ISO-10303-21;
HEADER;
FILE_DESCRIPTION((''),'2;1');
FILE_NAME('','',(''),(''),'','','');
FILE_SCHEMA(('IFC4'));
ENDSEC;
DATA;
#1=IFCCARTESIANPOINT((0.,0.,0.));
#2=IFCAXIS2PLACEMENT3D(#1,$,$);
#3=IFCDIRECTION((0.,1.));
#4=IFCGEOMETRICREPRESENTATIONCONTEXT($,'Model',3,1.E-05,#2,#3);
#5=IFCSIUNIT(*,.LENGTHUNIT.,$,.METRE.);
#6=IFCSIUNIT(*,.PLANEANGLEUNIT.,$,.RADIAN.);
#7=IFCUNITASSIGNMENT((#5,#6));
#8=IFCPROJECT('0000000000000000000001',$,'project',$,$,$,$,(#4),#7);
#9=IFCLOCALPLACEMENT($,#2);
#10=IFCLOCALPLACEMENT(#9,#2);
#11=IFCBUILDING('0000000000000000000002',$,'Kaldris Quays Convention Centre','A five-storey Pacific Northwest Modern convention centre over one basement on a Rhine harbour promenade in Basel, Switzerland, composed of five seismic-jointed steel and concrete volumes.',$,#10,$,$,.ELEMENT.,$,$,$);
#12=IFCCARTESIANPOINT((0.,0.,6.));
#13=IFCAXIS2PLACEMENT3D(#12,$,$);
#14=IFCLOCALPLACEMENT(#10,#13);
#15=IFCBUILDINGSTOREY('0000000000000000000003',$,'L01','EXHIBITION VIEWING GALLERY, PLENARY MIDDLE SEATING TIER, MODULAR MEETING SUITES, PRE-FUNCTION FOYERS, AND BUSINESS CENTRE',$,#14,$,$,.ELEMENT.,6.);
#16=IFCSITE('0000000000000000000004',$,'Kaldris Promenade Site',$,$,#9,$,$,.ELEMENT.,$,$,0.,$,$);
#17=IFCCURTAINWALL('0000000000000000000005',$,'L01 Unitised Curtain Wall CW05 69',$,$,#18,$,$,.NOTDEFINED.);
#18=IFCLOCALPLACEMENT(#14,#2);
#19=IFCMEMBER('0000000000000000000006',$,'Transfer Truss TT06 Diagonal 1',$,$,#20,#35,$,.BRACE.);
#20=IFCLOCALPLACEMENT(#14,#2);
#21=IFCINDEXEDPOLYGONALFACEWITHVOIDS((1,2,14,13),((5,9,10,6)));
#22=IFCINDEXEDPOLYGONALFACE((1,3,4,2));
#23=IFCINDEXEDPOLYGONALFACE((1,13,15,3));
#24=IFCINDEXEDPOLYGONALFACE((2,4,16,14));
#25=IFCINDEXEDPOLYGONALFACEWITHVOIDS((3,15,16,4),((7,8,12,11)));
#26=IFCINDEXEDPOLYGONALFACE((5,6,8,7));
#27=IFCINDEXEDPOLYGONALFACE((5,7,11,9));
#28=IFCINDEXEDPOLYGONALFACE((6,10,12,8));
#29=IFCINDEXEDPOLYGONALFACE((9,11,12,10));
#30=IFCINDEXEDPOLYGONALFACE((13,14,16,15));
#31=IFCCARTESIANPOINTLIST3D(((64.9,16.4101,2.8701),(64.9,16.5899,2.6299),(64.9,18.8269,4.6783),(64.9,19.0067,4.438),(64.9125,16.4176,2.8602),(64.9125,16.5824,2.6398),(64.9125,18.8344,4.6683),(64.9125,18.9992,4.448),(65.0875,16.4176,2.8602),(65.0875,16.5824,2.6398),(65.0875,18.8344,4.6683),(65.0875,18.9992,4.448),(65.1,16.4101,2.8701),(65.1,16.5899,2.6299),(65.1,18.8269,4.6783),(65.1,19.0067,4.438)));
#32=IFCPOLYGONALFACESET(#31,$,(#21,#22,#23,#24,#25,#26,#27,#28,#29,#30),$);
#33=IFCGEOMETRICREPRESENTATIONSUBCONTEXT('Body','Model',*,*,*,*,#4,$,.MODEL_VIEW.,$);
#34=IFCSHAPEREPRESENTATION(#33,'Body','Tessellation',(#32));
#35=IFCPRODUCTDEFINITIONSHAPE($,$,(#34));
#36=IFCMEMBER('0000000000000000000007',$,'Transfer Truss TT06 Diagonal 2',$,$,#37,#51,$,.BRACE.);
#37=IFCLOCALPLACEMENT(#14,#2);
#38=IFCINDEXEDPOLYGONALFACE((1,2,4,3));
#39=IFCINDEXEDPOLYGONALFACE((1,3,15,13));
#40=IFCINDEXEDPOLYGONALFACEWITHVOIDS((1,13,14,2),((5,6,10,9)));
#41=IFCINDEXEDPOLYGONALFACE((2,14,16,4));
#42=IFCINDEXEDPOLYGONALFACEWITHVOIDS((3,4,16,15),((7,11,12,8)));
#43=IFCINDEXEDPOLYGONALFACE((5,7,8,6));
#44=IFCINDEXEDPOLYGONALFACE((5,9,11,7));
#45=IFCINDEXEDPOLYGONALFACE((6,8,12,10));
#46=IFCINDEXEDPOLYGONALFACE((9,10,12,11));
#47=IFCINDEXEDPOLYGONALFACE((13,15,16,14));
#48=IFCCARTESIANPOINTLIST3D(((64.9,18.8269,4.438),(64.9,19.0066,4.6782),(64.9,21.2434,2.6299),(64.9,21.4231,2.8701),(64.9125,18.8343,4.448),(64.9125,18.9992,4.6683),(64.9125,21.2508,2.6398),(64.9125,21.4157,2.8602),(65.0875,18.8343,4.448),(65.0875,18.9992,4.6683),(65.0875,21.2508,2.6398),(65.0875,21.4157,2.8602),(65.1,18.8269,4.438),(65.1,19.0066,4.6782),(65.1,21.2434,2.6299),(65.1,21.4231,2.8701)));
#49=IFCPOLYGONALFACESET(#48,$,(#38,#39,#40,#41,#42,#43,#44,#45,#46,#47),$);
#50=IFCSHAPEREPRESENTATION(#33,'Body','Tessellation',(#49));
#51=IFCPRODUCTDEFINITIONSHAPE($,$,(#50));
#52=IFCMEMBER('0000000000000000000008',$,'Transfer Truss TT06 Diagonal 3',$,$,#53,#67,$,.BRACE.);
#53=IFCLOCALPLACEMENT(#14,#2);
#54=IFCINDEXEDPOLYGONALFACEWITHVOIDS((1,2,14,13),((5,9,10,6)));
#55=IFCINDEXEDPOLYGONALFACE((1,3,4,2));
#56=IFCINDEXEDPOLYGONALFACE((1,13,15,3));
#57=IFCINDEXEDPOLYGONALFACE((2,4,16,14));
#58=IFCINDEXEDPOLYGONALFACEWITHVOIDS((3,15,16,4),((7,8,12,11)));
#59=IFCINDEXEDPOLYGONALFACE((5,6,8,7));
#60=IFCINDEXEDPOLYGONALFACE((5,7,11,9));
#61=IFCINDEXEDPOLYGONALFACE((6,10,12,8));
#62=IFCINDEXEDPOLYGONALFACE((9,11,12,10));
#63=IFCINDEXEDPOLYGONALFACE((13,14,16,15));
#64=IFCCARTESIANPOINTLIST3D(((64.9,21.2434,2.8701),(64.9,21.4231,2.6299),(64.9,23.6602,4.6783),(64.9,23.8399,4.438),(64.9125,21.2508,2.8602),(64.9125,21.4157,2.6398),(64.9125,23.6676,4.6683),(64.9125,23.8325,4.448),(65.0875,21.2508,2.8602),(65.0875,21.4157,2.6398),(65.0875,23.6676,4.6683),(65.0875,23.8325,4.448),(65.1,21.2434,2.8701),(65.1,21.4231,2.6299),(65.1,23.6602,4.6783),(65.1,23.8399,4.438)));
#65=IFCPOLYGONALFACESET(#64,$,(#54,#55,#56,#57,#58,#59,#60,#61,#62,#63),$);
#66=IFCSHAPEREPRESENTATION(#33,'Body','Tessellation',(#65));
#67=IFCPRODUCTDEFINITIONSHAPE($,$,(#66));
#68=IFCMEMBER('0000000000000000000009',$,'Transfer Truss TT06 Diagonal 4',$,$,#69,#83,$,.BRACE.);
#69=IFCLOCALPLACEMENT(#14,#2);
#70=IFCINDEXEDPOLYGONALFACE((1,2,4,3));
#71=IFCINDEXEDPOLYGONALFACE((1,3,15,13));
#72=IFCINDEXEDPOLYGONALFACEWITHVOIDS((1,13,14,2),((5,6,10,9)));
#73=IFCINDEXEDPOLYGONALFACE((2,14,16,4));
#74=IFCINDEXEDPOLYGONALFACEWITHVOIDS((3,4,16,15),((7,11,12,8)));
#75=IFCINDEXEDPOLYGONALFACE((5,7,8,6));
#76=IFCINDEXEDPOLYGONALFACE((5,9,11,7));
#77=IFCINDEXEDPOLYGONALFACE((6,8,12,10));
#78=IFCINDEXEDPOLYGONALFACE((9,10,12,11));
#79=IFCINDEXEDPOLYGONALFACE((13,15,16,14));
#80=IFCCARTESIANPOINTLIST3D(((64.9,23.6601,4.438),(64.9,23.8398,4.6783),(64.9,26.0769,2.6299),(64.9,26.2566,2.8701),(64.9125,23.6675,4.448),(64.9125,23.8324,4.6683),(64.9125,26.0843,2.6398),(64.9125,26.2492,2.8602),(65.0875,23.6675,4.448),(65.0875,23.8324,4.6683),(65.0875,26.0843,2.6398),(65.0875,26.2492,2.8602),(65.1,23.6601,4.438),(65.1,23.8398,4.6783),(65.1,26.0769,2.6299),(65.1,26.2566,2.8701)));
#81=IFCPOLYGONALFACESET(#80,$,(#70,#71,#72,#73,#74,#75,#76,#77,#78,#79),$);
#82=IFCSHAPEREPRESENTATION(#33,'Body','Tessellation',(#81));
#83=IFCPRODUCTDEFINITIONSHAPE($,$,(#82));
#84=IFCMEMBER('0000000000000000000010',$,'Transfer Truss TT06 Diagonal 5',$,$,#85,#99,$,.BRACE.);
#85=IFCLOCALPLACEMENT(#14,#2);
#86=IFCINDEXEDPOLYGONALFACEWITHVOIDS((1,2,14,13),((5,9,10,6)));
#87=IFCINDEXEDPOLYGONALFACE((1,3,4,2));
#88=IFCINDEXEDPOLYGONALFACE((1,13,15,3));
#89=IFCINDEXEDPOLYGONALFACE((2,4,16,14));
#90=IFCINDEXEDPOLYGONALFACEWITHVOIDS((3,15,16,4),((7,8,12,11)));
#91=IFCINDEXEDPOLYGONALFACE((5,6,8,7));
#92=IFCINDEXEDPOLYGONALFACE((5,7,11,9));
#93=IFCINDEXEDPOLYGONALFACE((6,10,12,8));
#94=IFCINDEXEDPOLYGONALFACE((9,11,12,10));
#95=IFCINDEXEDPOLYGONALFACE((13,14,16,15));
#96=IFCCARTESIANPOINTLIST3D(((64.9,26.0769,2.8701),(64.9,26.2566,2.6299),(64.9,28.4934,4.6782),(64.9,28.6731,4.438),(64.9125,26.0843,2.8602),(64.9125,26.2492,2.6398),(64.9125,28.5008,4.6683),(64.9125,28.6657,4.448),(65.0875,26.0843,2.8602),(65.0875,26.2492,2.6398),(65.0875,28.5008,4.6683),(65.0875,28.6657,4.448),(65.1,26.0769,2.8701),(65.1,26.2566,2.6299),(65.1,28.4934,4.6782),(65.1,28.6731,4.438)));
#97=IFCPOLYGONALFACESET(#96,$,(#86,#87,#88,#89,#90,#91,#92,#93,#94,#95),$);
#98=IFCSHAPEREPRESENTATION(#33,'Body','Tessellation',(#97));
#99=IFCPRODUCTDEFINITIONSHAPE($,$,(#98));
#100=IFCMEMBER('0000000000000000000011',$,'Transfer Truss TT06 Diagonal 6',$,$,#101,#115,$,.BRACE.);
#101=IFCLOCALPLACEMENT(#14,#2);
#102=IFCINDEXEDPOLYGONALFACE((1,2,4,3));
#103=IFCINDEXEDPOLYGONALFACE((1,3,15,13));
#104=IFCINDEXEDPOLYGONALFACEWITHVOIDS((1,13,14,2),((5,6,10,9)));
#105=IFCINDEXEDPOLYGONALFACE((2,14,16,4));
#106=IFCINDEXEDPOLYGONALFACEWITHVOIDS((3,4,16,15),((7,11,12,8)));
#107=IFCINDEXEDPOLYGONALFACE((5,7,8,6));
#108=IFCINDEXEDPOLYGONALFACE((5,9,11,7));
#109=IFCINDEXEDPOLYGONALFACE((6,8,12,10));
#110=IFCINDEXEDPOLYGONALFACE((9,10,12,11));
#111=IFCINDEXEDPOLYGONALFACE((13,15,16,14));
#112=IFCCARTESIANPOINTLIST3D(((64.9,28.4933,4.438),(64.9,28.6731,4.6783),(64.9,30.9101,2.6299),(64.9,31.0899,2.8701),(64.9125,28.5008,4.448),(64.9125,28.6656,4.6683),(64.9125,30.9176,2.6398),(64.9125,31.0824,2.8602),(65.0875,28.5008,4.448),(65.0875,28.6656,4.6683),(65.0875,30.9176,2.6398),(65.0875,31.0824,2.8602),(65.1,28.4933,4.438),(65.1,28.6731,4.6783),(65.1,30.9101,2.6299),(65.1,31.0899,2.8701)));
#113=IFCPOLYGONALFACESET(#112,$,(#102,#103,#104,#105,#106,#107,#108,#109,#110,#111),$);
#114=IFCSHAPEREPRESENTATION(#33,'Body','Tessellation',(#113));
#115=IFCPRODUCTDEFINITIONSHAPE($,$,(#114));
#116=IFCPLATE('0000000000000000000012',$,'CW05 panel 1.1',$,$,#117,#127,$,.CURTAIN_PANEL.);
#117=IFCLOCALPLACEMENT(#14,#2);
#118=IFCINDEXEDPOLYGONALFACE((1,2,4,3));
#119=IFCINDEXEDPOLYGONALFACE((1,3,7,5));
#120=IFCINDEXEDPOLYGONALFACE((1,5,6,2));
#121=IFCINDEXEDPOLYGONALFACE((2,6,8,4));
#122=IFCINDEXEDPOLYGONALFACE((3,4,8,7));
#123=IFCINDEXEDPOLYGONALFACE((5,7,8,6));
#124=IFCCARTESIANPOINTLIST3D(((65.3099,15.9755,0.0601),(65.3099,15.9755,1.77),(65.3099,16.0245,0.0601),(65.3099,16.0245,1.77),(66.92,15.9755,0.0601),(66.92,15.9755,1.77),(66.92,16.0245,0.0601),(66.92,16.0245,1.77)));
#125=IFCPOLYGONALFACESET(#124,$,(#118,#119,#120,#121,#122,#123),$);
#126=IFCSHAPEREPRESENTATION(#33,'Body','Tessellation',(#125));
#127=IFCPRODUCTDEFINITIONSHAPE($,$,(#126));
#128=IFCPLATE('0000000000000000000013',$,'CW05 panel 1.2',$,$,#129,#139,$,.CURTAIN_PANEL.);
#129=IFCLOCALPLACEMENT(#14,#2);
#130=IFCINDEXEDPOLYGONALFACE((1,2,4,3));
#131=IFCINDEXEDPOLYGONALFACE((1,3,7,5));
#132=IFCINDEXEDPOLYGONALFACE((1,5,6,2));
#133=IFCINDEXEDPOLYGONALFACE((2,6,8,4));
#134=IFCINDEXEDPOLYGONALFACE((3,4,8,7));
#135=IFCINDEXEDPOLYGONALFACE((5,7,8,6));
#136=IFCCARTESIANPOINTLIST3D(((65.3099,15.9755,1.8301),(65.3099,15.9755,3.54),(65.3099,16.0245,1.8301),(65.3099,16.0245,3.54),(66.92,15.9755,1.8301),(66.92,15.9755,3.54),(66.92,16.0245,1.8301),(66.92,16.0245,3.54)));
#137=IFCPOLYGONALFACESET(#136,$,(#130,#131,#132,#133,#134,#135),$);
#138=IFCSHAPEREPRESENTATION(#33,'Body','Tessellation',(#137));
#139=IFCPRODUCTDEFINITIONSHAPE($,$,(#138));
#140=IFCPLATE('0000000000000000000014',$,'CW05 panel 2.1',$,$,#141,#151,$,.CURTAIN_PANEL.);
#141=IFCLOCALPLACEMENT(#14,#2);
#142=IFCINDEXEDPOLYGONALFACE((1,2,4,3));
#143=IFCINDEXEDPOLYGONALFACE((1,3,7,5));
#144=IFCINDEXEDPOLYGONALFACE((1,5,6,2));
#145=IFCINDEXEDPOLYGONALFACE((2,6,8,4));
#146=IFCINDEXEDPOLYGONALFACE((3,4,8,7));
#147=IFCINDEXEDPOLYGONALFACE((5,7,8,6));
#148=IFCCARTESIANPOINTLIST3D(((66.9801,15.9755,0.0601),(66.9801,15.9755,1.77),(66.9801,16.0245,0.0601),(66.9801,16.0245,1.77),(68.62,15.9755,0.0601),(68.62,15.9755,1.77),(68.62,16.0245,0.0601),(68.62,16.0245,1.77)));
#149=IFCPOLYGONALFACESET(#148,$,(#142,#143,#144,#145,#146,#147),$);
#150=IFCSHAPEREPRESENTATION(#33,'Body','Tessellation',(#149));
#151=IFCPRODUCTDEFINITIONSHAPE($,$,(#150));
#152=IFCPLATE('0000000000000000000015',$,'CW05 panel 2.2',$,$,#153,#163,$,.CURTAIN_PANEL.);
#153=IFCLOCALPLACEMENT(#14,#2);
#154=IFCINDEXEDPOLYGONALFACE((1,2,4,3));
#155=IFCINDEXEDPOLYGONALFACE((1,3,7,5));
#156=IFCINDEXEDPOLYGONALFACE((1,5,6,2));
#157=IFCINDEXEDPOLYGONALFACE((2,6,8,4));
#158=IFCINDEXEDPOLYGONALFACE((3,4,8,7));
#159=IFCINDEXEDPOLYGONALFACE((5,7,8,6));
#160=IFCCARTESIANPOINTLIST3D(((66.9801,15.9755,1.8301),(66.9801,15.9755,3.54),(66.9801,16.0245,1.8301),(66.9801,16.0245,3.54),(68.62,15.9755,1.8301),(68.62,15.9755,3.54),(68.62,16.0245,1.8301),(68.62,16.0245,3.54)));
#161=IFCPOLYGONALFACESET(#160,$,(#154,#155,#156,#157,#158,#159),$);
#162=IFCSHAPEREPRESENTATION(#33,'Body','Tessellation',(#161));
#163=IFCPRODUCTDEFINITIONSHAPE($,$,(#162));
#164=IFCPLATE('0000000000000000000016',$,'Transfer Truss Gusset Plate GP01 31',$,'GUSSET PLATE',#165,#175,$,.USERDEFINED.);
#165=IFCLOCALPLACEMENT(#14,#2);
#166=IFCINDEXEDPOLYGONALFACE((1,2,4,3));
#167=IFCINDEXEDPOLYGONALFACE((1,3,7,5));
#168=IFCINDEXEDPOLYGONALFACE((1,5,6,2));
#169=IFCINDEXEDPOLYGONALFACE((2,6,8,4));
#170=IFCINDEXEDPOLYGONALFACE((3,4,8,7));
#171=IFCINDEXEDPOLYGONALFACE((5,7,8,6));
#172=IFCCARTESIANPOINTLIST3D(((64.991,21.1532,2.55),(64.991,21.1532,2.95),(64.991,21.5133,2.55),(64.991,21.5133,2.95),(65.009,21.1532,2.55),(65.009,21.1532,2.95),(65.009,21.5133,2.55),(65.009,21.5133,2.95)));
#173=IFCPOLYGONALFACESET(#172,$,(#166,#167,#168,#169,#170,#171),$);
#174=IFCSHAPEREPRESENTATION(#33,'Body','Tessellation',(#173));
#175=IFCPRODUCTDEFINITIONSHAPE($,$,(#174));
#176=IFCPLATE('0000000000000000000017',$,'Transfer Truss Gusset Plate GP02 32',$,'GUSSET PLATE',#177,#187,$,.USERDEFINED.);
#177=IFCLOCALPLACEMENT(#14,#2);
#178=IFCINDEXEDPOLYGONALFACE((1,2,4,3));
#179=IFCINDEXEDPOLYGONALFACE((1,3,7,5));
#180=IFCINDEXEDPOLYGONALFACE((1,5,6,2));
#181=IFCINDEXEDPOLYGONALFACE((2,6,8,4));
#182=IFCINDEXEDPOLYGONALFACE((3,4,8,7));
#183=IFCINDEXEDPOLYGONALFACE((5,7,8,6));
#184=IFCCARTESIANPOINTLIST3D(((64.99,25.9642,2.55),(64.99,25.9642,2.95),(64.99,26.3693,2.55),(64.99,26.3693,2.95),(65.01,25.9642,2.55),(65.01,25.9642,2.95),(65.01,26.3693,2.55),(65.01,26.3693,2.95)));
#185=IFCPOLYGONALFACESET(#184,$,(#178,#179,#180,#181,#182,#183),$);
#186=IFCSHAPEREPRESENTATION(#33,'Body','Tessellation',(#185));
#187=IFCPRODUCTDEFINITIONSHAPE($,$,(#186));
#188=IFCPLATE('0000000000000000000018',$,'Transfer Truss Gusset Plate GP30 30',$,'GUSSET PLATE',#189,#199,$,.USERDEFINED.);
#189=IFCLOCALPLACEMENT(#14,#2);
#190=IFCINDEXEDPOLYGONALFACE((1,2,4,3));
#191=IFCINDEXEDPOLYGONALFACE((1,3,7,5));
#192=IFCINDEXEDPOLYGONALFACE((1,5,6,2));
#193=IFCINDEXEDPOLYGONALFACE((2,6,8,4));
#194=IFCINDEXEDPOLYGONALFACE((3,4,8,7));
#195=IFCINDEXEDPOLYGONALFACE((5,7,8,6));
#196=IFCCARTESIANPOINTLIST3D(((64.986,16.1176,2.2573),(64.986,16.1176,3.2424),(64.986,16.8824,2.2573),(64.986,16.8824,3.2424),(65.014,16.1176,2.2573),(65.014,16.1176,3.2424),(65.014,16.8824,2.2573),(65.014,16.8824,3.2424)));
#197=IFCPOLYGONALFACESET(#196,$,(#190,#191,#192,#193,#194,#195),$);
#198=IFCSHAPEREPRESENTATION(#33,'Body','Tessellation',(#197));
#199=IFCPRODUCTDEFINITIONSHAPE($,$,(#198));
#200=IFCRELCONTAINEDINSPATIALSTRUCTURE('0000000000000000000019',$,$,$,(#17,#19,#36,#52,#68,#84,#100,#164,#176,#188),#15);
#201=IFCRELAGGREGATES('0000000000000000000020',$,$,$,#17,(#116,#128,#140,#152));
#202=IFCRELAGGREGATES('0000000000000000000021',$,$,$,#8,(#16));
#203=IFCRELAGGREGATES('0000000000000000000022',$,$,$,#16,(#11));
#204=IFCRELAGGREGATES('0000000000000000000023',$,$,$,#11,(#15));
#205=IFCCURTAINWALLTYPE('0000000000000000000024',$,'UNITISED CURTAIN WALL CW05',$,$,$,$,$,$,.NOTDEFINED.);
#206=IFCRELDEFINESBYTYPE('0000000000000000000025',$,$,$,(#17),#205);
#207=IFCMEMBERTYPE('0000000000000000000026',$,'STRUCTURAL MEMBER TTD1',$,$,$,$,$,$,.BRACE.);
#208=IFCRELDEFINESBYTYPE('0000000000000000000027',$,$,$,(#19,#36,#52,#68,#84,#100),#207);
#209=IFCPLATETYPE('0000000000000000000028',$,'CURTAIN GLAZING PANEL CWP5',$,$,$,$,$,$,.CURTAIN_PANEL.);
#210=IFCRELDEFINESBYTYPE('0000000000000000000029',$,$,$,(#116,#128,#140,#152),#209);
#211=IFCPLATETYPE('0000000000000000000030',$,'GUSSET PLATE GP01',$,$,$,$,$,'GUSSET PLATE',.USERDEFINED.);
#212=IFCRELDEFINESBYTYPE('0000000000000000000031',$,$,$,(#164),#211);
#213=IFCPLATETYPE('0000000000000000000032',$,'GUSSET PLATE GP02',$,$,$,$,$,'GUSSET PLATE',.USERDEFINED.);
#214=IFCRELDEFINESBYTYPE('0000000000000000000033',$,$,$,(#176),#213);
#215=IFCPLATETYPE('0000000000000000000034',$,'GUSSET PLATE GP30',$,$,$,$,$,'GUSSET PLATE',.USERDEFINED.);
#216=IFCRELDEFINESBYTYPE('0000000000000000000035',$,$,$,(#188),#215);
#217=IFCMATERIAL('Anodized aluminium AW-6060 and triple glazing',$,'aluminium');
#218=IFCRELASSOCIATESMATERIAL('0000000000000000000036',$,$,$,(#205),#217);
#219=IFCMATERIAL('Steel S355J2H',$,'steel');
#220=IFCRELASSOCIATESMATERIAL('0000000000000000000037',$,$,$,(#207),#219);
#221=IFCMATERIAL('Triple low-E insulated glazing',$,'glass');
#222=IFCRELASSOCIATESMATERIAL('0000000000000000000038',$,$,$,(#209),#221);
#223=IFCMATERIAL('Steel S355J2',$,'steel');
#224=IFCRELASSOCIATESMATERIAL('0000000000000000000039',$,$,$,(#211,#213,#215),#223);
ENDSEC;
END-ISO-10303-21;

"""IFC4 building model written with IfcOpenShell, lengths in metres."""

from ifc_helpers import new_model, si_unit, direction, frame, origin, origin_2d, place, context, subcontext, project, spatial, rectangle, hollow_rectangle, extrude, material, material_profile, profile_set, type_object, element, aggregate, save


model = new_model("IFC4")

# Units and contexts
model_context = context("Model", 3, precision=1e-05, world=origin(), true_north=direction((0.0, 1.0)))
body_context = subcontext(model_context, "Body", "Model", "MODEL_VIEW")
ifc_project = project(units=[si_unit("LENGTHUNIT", "METRE"), si_unit("PLANEANGLEUNIT", "RADIAN")], contexts=[model_context])

# Site, building, storey
site_placement = place(None, origin())
site = spatial("IfcSite", under=ifc_project, at=site_placement, Name="Kaldris Promenade Site", CompositionType="ELEMENT", RefElevation=0.0)
building_placement = place(site_placement, origin())
building = spatial("IfcBuilding", under=site, at=building_placement, Name="Kaldris Quays Convention Centre", Description="A five-storey Pacific Northwest Modern convention centre over one basement on a Rhine harbour promenade in Basel, Switzerland, composed of five seismic-jointed steel and concrete volumes.", CompositionType="ELEMENT")
storey_placement = place(building_placement, frame((0.0, 0.0, 6.0)))
storey = spatial("IfcBuildingStorey", under=building, at=storey_placement, Name="L01", Description="EXHIBITION VIEWING GALLERY, PLENARY MIDDLE SEATING TIER, MODULAR MEETING SUITES, PRE-FUNCTION FOYERS, AND BUSINESS CENTRE", CompositionType="ELEMENT", Elevation=6.0)

# Curtain wall
ifc_material_1 = material(Name="Anodized aluminium AW-6060 and triple glazing", Category="aluminium")
curtain_wall_type = type_object("IfcCurtainWallType", Name="UNITISED CURTAIN WALL CW05", PredefinedType="NOTDEFINED", material=ifc_material_1)
curtain_wall_placement = place(storey_placement, origin())
curtain_wall = element("IfcCurtainWall", 1, at=curtain_wall_placement, inside=storey, type_object=curtain_wall_type, Name="L01 Unitised Curtain Wall CW05 69", PredefinedType="NOTDEFINED")

# Shared definitions
ifc_material_2 = material(Name="Steel S355J2", Category="steel")

# Members
ifc_material_3 = material(Name="Steel S355J2H", Category="steel")
ifc_material_profile_1 = material_profile(ifc_material_3, hollow_rectangle(XDim=0.2, YDim=0.3, WallThickness=0.0125, at=origin_2d()), Name="RHS 300x200x12.5")
ifc_profile_set_1 = profile_set([ifc_material_profile_1], Name="Steel S355J2H")
member_type_1 = type_object("IfcMemberType", Name="STRUCTURAL MEMBER TTD1", PredefinedType="BRACE", material=ifc_profile_set_1)
member_1_placement = place(storey_placement, frame((65.0, 16.5, 2.75), z_axis=(0.0, 0.800708, 0.599055), x_axis=(-1.0, 0.0, 0.0)))
element("IfcMember", 2, at=member_1_placement, inside=storey, type_object=member_type_1, Name="Transfer Truss TT06 Diagonal 1", PredefinedType="BRACE", context=body_context, shape_type="SweptSolid", body=[
    extrude(hollow_rectangle(XDim=0.2, YDim=0.3, WallThickness=0.0125, at=origin_2d()), origin(), (0.0, 0.0, 1.0), 3.0183),
])
member_2_placement = place(storey_placement, frame((65.0, 21.3333, 2.75), z_axis=(0.0, -0.800679, 0.599094), x_axis=(1.0, 0.0, 0.0)))
element("IfcMember", 3, at=member_2_placement, inside=storey, type_object=member_type_1, Name="Transfer Truss TT06 Diagonal 2", PredefinedType="BRACE", context=body_context, shape_type="SweptSolid", body=[
    extrude(hollow_rectangle(XDim=0.2, YDim=0.3, WallThickness=0.0125, at=origin_2d()), origin(), (0.0, 0.0, 1.0), 3.0181),
])
for number, where, z_axis, x_axis, name in (
    (4, (65.0, 21.3333, 2.75), (0.0, 0.800708, 0.599055), (-1.0, 0.0, 0.0), "Transfer Truss TT06 Diagonal 3"),
    (5, (65.0, 26.1667, 2.75), (0.0, -0.800708, 0.599055), (1.0, 0.0, 0.0), "Transfer Truss TT06 Diagonal 4"),
):
    element("IfcMember", number, at=place(storey_placement, frame(where, z_axis=z_axis, x_axis=x_axis)), inside=storey, type_object=member_type_1, Name=name, PredefinedType="BRACE", context=body_context, shape_type="SweptSolid", body=[
        extrude(hollow_rectangle(XDim=0.2, YDim=0.3, WallThickness=0.0125, at=origin_2d()), origin(), (0.0, 0.0, 1.0), 3.0183),
    ])
member_3_placement = place(storey_placement, frame((65.0, 26.1667, 2.75), z_axis=(0.0, 0.800679, 0.599094), x_axis=(-1.0, 0.0, 0.0)))
element("IfcMember", 6, at=member_3_placement, inside=storey, type_object=member_type_1, Name="Transfer Truss TT06 Diagonal 5", PredefinedType="BRACE", context=body_context, shape_type="SweptSolid", body=[
    extrude(hollow_rectangle(XDim=0.2, YDim=0.3, WallThickness=0.0125, at=origin_2d()), origin(), (0.0, 0.0, 1.0), 3.0181),
])
member_4_placement = place(storey_placement, frame((65.0, 31.0, 2.75), z_axis=(0.0, -0.800708, 0.599055), x_axis=(1.0, 0.0, 0.0)))
element("IfcMember", 7, at=member_4_placement, inside=storey, type_object=member_type_1, Name="Transfer Truss TT06 Diagonal 6", PredefinedType="BRACE", context=body_context, shape_type="SweptSolid", body=[
    extrude(hollow_rectangle(XDim=0.2, YDim=0.3, WallThickness=0.0125, at=origin_2d()), origin(), (0.0, 0.0, 1.0), 3.0183),
])

# Plates
ifc_material_4 = material(Name="Triple low-E insulated glazing", Category="glass")
plate_type_1 = type_object("IfcPlateType", Name="CURTAIN GLAZING PANEL CWP5", PredefinedType="CURTAIN_PANEL", material=ifc_material_4)
plate_1_placement = place(storey_placement, frame((66.115, 16.0, 0.0601), z_axis=(0.0, 0.0, 1.0), x_axis=(1.0, 0.0, 0.0)))
plate_1 = element("IfcPlate", 8, at=plate_1_placement, type_object=plate_type_1, Name="CW05 panel 1.1", PredefinedType="CURTAIN_PANEL", context=body_context, shape_type="SweptSolid", body=[
    extrude(rectangle(XDim=1.6101, YDim=0.0491, at=origin_2d()), origin(), (0.0, 0.0, 1.0), 1.71),
])
plate_2_placement = place(storey_placement, frame((66.115, 16.0, 1.8301), z_axis=(0.0, 0.0, 1.0), x_axis=(1.0, 0.0, 0.0)))
plate_2 = element("IfcPlate", 9, at=plate_2_placement, type_object=plate_type_1, Name="CW05 panel 1.2", PredefinedType="CURTAIN_PANEL", context=body_context, shape_type="SweptSolid", body=[
    extrude(rectangle(XDim=1.6101, YDim=0.0491, at=origin_2d()), origin(), (0.0, 0.0, 1.0), 1.71),
])
plate_3_placement = place(storey_placement, frame((67.8, 16.0, 0.0601), z_axis=(0.0, 0.0, 1.0), x_axis=(1.0, 0.0, 0.0)))
plate_3 = element("IfcPlate", 10, at=plate_3_placement, type_object=plate_type_1, Name="CW05 panel 2.1", PredefinedType="CURTAIN_PANEL", context=body_context, shape_type="SweptSolid", body=[
    extrude(rectangle(XDim=1.6399, YDim=0.0491, at=origin_2d()), origin(), (0.0, 0.0, 1.0), 1.71),
])
plate_4_placement = place(storey_placement, frame((67.8, 16.0, 1.8301), z_axis=(0.0, 0.0, 1.0), x_axis=(1.0, 0.0, 0.0)))
plate_4 = element("IfcPlate", 11, at=plate_4_placement, type_object=plate_type_1, Name="CW05 panel 2.2", PredefinedType="CURTAIN_PANEL", context=body_context, shape_type="SweptSolid", body=[
    extrude(rectangle(XDim=1.6399, YDim=0.0491, at=origin_2d()), origin(), (0.0, 0.0, 1.0), 1.71),
])
aggregate(curtain_wall, [plate_1, plate_2, plate_3, plate_4])

# Plates
plate_type_2 = type_object("IfcPlateType", Name="GUSSET PLATE GP01", ElementType="GUSSET PLATE", PredefinedType="USERDEFINED", material=ifc_material_2)
plate_5_placement = place(storey_placement, frame((65.0, 21.3333, 2.55), z_axis=(0.0, 0.0, 1.0), x_axis=(1.0, 0.0, 0.0)))
element("IfcPlate", 12, at=plate_5_placement, inside=storey, type_object=plate_type_2, Name="Transfer Truss Gusset Plate GP01 31", ObjectType="GUSSET PLATE", PredefinedType="USERDEFINED", context=body_context, shape_type="SweptSolid", body=[
    extrude(rectangle(XDim=0.0181, YDim=0.3601, at=origin_2d()), origin(), (0.0, 0.0, 1.0), 0.3999),
])
plate_type_3 = type_object("IfcPlateType", Name="GUSSET PLATE GP02", ElementType="GUSSET PLATE", PredefinedType="USERDEFINED", material=ifc_material_2)
plate_6_placement = place(storey_placement, frame((65.0, 26.1667, 2.55), z_axis=(0.0, 0.0, 1.0), x_axis=(1.0, 0.0, 0.0)))
element("IfcPlate", 13, at=plate_6_placement, inside=storey, type_object=plate_type_3, Name="Transfer Truss Gusset Plate GP02 32", ObjectType="GUSSET PLATE", PredefinedType="USERDEFINED", context=body_context, shape_type="SweptSolid", body=[
    extrude(rectangle(XDim=0.02, YDim=0.405, at=origin_2d()), origin(), (0.0, 0.0, 1.0), 0.3999),
])
plate_type_4 = type_object("IfcPlateType", Name="GUSSET PLATE GP30", ElementType="GUSSET PLATE", PredefinedType="USERDEFINED", material=ifc_material_2)
plate_7_placement = place(storey_placement, frame((65.0, 16.5, 2.2573), z_axis=(0.0, 0.0, 1.0), x_axis=(1.0, 0.0, 0.0)))
element("IfcPlate", 14, at=plate_7_placement, inside=storey, type_object=plate_type_4, Name="Transfer Truss Gusset Plate GP30 30", ObjectType="GUSSET PLATE", PredefinedType="USERDEFINED", context=body_context, shape_type="SweptSolid", body=[
    extrude(rectangle(XDim=0.0281, YDim=0.7649, at=origin_2d()), origin(), (0.0, 0.0, 1.0), 0.9851),
])

save(model, "model.ifc")
